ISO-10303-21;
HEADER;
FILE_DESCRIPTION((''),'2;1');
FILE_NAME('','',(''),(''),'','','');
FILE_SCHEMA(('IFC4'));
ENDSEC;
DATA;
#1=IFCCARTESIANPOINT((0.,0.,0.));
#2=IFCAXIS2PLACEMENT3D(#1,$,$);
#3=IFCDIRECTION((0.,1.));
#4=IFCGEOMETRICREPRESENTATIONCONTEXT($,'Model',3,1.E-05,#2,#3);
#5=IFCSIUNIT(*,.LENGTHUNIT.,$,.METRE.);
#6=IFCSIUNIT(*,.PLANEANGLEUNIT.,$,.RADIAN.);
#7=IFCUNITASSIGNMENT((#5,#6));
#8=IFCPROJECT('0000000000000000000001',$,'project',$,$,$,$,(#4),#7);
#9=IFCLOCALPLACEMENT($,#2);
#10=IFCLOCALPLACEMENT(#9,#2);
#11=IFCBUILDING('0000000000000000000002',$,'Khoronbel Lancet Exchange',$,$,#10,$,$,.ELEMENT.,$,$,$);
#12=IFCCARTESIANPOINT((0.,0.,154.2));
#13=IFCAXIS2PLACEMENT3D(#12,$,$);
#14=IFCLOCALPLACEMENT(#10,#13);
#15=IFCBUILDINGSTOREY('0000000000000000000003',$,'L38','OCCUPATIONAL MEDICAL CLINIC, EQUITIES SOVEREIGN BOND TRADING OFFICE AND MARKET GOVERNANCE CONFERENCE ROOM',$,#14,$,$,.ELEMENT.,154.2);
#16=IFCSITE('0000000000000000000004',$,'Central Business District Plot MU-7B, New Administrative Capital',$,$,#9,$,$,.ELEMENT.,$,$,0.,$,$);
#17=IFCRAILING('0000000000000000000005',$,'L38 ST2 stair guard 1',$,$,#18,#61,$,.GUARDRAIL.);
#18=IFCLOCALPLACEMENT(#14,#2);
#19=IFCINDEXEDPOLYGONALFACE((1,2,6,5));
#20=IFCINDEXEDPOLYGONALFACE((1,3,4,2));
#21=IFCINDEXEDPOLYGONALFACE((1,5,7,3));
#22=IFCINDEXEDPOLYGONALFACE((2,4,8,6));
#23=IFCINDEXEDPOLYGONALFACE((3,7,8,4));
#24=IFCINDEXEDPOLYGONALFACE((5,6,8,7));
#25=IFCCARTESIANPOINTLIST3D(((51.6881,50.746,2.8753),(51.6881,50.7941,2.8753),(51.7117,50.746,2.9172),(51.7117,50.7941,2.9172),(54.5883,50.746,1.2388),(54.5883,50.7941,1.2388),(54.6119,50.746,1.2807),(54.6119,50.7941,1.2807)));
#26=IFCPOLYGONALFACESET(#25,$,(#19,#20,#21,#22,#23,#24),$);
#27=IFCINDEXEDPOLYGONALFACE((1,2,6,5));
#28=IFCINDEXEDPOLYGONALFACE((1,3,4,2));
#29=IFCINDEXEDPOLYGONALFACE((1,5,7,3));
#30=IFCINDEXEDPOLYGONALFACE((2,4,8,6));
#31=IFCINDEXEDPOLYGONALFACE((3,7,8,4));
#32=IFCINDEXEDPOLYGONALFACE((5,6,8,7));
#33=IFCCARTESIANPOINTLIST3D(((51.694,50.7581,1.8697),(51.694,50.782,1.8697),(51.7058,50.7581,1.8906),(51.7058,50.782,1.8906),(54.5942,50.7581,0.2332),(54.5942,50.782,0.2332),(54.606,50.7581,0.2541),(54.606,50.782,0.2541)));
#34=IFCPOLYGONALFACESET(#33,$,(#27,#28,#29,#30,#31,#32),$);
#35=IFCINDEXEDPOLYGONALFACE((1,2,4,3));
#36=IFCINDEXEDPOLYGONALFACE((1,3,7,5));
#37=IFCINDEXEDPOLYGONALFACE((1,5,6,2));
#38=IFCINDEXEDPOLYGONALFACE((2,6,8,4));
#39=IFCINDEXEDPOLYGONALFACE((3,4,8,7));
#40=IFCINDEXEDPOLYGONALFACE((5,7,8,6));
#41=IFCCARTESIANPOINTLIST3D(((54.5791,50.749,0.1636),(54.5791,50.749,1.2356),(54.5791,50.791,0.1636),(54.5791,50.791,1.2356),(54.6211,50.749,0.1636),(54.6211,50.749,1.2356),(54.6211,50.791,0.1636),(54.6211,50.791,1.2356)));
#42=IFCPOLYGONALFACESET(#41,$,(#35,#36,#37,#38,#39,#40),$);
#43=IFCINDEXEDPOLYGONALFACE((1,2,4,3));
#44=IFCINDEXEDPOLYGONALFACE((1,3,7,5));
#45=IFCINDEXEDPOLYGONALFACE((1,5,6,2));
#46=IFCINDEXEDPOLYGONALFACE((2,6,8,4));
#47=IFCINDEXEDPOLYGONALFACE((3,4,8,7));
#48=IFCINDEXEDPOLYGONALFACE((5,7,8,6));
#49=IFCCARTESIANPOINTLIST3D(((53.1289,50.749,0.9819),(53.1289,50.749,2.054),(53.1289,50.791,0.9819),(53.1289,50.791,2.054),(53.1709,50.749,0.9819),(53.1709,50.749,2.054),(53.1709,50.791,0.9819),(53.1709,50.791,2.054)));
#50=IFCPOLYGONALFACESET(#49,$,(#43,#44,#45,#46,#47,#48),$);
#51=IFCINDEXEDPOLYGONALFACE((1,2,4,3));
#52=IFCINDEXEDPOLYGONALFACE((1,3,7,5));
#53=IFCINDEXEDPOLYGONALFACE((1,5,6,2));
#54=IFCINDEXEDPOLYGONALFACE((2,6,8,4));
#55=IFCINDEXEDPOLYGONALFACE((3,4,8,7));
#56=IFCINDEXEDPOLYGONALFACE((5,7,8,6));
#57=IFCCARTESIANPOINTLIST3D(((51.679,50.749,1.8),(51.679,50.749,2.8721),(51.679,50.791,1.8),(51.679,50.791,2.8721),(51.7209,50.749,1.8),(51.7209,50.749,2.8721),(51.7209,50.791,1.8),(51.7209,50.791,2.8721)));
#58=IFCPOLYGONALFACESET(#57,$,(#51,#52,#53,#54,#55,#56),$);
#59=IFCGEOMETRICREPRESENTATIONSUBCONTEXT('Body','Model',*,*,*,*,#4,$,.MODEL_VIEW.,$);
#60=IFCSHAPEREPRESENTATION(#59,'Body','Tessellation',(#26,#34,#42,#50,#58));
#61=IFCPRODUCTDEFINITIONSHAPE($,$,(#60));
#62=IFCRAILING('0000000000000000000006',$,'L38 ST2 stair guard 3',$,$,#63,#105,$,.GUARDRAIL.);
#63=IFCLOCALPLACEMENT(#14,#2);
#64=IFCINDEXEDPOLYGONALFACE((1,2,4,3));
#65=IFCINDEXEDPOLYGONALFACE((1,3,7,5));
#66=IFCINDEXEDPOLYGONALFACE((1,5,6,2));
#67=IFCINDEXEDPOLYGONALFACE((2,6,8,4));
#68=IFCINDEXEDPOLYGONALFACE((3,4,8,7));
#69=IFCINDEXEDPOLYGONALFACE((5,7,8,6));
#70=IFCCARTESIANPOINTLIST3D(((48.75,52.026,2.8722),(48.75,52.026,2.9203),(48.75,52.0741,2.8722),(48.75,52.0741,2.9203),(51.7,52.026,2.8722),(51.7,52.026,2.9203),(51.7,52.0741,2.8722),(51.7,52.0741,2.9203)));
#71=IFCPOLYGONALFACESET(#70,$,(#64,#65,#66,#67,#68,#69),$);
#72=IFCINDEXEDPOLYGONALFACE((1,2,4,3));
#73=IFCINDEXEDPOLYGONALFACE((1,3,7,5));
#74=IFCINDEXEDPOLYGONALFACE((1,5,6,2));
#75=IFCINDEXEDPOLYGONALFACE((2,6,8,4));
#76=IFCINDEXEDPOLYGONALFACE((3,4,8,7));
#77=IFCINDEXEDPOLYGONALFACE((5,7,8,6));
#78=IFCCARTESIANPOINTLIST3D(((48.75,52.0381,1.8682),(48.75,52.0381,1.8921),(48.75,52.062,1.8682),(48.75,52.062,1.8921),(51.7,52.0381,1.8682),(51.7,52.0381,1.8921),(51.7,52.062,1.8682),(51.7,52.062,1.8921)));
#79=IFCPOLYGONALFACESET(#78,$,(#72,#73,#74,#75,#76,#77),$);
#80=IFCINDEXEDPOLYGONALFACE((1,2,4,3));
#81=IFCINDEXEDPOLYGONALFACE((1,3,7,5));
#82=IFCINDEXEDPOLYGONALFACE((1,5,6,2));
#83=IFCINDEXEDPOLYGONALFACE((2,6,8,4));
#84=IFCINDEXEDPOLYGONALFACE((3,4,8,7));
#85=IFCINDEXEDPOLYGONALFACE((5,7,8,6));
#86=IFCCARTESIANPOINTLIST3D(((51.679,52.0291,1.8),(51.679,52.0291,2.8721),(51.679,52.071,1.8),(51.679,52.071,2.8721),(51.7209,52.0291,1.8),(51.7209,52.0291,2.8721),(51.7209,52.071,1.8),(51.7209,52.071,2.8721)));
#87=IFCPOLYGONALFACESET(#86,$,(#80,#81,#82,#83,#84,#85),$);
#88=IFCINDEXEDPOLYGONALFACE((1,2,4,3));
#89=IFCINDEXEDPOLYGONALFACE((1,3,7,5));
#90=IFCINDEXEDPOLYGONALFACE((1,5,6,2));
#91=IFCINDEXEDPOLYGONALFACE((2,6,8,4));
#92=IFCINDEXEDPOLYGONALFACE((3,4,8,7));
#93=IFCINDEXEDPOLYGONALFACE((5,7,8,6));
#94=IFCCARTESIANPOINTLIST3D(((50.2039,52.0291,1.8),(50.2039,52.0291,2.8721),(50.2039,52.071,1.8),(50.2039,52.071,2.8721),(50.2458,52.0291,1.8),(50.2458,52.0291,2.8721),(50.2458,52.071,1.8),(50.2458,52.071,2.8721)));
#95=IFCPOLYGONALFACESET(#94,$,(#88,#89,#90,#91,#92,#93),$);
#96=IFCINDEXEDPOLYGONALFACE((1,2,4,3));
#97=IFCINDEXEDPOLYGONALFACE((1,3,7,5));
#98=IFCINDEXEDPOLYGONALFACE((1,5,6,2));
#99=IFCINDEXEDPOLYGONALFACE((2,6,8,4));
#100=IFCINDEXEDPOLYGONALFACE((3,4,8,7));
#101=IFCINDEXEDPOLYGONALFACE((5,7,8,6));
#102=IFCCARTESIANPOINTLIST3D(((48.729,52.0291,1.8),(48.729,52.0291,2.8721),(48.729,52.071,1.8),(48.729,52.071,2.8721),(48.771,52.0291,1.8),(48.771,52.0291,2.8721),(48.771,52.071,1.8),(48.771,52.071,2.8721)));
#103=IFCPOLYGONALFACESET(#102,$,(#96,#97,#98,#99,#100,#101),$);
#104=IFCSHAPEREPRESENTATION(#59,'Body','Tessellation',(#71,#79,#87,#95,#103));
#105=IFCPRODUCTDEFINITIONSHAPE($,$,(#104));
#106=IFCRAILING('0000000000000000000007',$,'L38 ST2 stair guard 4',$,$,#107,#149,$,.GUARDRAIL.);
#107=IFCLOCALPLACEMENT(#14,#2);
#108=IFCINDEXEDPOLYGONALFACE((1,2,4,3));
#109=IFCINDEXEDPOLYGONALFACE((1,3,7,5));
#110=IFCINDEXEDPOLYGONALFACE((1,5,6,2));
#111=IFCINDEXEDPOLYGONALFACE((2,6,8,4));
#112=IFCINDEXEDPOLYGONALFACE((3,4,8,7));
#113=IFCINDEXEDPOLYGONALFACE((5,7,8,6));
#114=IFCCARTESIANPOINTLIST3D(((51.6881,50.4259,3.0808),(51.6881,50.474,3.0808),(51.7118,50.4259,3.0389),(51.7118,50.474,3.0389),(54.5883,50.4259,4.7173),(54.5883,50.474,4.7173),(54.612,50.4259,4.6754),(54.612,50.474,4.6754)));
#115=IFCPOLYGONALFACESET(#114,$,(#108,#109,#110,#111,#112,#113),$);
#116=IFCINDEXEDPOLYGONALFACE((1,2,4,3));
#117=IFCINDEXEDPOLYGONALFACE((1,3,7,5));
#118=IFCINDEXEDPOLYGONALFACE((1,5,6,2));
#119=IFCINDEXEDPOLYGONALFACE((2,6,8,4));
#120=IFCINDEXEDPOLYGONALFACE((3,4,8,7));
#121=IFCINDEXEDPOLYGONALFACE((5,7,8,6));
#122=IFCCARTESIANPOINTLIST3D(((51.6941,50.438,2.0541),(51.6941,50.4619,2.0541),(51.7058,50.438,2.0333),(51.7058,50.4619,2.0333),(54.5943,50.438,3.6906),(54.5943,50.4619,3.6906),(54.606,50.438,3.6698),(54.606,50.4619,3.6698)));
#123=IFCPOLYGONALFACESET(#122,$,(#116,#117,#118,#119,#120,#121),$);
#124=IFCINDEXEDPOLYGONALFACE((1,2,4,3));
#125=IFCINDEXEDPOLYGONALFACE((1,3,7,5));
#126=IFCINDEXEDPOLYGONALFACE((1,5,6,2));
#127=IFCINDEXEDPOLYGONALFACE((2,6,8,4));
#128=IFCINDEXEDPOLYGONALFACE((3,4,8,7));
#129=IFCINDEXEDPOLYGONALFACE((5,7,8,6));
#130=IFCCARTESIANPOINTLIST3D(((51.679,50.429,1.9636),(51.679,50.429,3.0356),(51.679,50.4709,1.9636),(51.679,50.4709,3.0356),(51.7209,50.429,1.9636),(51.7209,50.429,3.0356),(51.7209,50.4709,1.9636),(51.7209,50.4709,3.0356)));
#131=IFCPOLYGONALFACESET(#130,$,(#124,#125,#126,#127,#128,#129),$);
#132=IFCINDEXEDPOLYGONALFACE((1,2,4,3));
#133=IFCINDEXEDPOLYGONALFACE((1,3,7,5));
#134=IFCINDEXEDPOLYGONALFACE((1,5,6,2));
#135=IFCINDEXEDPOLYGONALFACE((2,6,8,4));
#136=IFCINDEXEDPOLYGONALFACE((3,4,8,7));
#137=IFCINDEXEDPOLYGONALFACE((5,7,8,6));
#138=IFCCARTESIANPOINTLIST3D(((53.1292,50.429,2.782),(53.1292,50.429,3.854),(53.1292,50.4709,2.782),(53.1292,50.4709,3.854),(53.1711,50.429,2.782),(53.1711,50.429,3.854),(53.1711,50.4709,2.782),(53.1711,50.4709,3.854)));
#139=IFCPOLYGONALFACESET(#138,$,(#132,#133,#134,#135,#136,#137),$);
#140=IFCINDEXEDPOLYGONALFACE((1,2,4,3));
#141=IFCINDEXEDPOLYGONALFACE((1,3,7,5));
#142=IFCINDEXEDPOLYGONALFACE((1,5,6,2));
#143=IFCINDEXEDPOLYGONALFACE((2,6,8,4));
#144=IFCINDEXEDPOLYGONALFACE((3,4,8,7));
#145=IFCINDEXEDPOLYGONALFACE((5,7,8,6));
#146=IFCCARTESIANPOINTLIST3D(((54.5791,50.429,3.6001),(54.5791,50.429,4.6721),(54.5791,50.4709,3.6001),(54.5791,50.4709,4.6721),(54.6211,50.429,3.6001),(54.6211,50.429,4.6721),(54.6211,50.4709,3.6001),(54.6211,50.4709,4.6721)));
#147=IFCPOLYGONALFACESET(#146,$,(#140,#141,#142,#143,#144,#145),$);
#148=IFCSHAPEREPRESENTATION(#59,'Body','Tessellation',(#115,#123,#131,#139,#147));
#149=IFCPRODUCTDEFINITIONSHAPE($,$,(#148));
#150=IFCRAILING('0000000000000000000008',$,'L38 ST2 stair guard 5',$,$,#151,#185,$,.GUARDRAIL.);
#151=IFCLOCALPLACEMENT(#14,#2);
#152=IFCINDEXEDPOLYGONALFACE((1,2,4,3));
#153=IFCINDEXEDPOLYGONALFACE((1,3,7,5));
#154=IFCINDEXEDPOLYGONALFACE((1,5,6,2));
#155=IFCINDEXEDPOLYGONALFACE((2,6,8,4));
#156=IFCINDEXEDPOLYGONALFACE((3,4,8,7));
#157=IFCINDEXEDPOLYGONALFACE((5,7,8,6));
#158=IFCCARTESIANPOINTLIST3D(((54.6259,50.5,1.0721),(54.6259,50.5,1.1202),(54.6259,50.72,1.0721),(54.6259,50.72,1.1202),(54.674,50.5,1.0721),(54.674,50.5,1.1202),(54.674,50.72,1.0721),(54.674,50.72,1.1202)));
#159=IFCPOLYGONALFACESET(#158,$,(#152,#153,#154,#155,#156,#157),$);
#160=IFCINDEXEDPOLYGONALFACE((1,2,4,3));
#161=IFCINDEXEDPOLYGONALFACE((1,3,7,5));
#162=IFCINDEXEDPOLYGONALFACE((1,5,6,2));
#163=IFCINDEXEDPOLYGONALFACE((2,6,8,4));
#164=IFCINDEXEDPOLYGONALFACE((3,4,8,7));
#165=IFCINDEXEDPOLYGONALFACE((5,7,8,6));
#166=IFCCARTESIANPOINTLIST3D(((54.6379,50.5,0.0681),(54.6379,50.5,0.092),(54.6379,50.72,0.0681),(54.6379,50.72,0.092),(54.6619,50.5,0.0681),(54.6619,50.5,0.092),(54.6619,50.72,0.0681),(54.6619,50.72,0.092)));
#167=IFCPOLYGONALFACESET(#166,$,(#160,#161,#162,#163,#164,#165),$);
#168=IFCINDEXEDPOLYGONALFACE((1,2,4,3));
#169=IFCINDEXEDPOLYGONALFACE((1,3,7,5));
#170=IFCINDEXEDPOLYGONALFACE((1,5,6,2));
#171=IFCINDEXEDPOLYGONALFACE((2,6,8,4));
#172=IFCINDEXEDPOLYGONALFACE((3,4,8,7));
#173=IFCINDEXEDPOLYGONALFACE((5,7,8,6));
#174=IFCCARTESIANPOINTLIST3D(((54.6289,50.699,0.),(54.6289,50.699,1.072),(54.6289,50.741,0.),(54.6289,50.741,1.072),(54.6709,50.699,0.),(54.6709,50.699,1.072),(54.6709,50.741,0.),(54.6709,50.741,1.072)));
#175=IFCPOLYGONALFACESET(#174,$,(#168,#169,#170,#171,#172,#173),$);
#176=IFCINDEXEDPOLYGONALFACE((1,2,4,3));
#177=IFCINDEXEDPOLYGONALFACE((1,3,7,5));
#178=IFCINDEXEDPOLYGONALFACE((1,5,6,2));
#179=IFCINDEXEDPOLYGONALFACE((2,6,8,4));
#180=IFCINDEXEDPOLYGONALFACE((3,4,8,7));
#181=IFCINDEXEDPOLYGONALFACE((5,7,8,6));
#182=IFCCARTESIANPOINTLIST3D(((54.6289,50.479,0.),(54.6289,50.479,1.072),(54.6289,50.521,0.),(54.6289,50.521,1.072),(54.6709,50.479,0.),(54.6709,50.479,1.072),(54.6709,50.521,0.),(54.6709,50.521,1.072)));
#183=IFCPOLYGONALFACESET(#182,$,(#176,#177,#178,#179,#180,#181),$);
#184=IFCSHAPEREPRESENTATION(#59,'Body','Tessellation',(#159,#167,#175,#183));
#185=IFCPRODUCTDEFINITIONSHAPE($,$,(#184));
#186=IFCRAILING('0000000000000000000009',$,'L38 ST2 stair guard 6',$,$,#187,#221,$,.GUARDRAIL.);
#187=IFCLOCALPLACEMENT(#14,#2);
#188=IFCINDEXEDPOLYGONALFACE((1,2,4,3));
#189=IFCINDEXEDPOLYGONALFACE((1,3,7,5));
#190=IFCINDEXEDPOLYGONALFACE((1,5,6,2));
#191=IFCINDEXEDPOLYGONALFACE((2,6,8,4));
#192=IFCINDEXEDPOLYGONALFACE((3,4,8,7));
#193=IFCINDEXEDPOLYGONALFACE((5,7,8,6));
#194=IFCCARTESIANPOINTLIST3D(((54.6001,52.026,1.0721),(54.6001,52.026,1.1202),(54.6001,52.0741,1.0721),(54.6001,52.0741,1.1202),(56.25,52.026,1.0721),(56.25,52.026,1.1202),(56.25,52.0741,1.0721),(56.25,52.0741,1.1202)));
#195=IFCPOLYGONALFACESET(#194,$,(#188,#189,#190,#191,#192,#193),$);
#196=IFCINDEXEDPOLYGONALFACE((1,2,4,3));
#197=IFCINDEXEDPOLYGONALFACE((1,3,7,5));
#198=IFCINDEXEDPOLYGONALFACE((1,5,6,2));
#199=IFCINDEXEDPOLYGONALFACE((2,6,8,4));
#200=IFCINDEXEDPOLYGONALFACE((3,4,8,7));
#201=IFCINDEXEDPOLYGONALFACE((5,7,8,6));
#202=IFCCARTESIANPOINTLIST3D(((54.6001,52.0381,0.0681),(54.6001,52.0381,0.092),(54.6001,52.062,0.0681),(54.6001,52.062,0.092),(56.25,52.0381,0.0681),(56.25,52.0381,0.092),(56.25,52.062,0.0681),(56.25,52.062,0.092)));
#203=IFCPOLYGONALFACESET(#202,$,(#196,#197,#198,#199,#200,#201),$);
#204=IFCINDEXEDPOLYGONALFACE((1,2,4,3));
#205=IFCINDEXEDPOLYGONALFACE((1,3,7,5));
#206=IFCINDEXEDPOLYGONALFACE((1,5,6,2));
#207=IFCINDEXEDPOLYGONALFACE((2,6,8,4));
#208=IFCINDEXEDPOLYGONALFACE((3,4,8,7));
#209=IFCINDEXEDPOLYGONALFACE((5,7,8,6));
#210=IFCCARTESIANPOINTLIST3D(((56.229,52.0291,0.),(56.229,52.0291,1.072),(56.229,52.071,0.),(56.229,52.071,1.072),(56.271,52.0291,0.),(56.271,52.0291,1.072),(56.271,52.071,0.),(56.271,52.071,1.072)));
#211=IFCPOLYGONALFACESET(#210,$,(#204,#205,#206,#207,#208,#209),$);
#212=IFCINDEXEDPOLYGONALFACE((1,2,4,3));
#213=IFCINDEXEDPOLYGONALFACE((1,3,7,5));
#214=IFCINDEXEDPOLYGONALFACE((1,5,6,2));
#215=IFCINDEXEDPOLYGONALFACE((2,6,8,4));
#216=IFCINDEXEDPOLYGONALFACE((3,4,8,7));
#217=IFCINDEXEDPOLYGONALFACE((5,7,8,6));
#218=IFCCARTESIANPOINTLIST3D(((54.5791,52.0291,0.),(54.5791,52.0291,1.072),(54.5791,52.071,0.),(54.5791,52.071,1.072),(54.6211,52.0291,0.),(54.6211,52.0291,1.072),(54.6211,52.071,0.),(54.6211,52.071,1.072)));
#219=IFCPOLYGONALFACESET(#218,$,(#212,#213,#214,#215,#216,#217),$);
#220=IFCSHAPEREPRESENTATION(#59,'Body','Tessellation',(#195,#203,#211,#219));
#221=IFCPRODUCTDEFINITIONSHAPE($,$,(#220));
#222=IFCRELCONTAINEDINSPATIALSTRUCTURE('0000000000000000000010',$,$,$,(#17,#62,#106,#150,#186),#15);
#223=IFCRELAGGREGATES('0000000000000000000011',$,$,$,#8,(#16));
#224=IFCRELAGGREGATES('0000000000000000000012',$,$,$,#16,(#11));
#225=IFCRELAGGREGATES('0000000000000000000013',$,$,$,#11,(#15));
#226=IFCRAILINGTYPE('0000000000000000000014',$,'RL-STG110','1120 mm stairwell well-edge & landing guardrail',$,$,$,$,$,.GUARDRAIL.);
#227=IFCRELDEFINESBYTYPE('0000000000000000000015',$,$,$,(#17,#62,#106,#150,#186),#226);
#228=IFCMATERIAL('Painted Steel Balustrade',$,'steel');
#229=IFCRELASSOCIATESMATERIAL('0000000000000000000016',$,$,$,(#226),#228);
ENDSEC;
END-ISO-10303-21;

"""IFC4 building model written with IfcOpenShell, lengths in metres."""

from ifc_helpers import new_model, si_unit, direction, frame, origin, origin_2d, place, context, subcontext, project, spatial, rectangle, extrude, material, type_object, element, save


model = new_model("IFC4")

# Units and contexts
model_context = context("Model", 3, precision=1e-05, world=origin(), true_north=direction((0.0, 1.0)))
body_context = subcontext(model_context, "Body", "Model", "MODEL_VIEW")
ifc_project = project(units=[si_unit("LENGTHUNIT", "METRE"), si_unit("PLANEANGLEUNIT", "RADIAN")], contexts=[model_context])

# Site, building, storey
site_placement = place(None, origin())
site = spatial("IfcSite", under=ifc_project, at=site_placement, Name="Central Business District Plot MU-7B, New Administrative Capital", CompositionType="ELEMENT", RefElevation=0.0)
building_placement = place(site_placement, origin())
building = spatial("IfcBuilding", under=site, at=building_placement, Name="Khoronbel Lancet Exchange", CompositionType="ELEMENT")
storey_placement = place(building_placement, frame((0.0, 0.0, 154.2)))
storey = spatial("IfcBuildingStorey", under=building, at=storey_placement, Name="L38", Description="OCCUPATIONAL MEDICAL CLINIC, EQUITIES SOVEREIGN BOND TRADING OFFICE AND MARKET GOVERNANCE CONFERENCE ROOM", CompositionType="ELEMENT", Elevation=154.2)

# Railings
ifc_material_1 = material(Name="Painted Steel Balustrade", Category="steel")
railing_type_1 = type_object("IfcRailingType", Name="RL-STG110", Description="1120 mm stairwell well-edge & landing guardrail", PredefinedType="GUARDRAIL", material=ifc_material_1)
railing_1_placement = place(storey_placement, frame((54.6001, 50.77, 0.1636)))
element("IfcRailing", 1, at=railing_1_placement, inside=storey, type_object=railing_type_1, Name="L38 ST2 stair guard 1", PredefinedType="GUARDRAIL", context=body_context, shape_type="SweptSolid", body=[
    extrude(rectangle(XDim=0.0481, YDim=0.0481, at=origin_2d()), frame((0.0, 0.0, 1.0962), z_axis=(-0.870915, 0.0, 0.491434), x_axis=(0.0, -1.0, 0.0)), (0.0, 0.0, 1.0), 3.3301),
    extrude(rectangle(XDim=0.0239, YDim=0.0239, at=origin_2d()), frame((0.0, 0.0, 0.0801), z_axis=(-0.870915, 0.0, 0.491434), x_axis=(0.0, -1.0, 0.0)), (0.0, 0.0, 1.0), 3.3301),
    extrude(rectangle(XDim=0.042, YDim=0.042, at=origin_2d()), origin(), (0.0, 0.0, 1.0), 1.072),
    extrude(rectangle(XDim=0.042, YDim=0.042, at=origin_2d()), frame((-1.4502, 0.0, 0.8184)), (0.0, 0.0, 1.0), 1.072),
    extrude(rectangle(XDim=0.042, YDim=0.042, at=origin_2d()), frame((-2.9001, 0.0, 1.6365)), (0.0, 0.0, 1.0), 1.072),
])
railing_2_placement = place(storey_placement, frame((51.7, 52.05, 1.8)))
element("IfcRailing", 2, at=railing_2_placement, inside=storey, type_object=railing_type_1, Name="L38 ST2 stair guard 3", PredefinedType="GUARDRAIL", context=body_context, shape_type="SweptSolid", body=[
    extrude(rectangle(XDim=0.0481, YDim=0.0481, at=origin_2d()), frame((0.0, 0.0, 1.0962), z_axis=(-1.0, 0.0, 0.0), x_axis=(0.0, -1.0, 0.0)), (0.0, 0.0, 1.0), 2.95),
    extrude(rectangle(XDim=0.0239, YDim=0.0239, at=origin_2d()), frame((0.0, 0.0, 0.0801), z_axis=(-1.0, 0.0, 0.0), x_axis=(0.0, -1.0, 0.0)), (0.0, 0.0, 1.0), 2.95),
    extrude(rectangle(XDim=0.042, YDim=0.042, at=origin_2d()), origin(), (0.0, 0.0, 1.0), 1.072),
    extrude(rectangle(XDim=0.042, YDim=0.042, at=origin_2d()), frame((-1.4751, 0.0, 0.0)), (0.0, 0.0, 1.0), 1.072),
    extrude(rectangle(XDim=0.042, YDim=0.042, at=origin_2d()), frame((-2.95, 0.0, 0.0)), (0.0, 0.0, 1.0), 1.072),
])
railing_3_placement = place(storey_placement, frame((51.7, 50.45, 1.9636)))
element("IfcRailing", 3, at=railing_3_placement, inside=storey, type_object=railing_type_1, Name="L38 ST2 stair guard 4", PredefinedType="GUARDRAIL", context=body_context, shape_type="SweptSolid", body=[
    extrude(rectangle(XDim=0.0481, YDim=0.0481, at=origin_2d()), frame((0.0, 0.0, 1.0962), z_axis=(0.870915, 0.0, 0.491434), x_axis=(0.0, 1.0, 0.0)), (0.0, 0.0, 1.0), 3.3301),
    extrude(rectangle(XDim=0.0239, YDim=0.0239, at=origin_2d()), frame((0.0, 0.0, 0.0801), z_axis=(0.870915, 0.0, 0.491434), x_axis=(0.0, 1.0, 0.0)), (0.0, 0.0, 1.0), 3.3301),
    extrude(rectangle(XDim=0.042, YDim=0.042, at=origin_2d()), origin(), (0.0, 0.0, 1.0), 1.072),
    extrude(rectangle(XDim=0.042, YDim=0.042, at=origin_2d()), frame((1.4502, 0.0, 0.8184)), (0.0, 0.0, 1.0), 1.072),
    extrude(rectangle(XDim=0.042, YDim=0.042, at=origin_2d()), frame((2.9001, 0.0, 1.6365)), (0.0, 0.0, 1.0), 1.072),
])
railing_4_placement = place(storey_placement, frame((54.6499, 50.72, 0.0)))
element("IfcRailing", 4, at=railing_4_placement, inside=storey, type_object=railing_type_1, Name="L38 ST2 stair guard 5", PredefinedType="GUARDRAIL", context=body_context, shape_type="SweptSolid", body=[
    extrude(rectangle(XDim=0.0481, YDim=0.0481, at=origin_2d()), frame((0.0, 0.0, 1.0962), z_axis=(0.0, -1.0, 0.0), x_axis=(1.0, 0.0, 0.0)), (0.0, 0.0, 1.0), 0.22),
    extrude(rectangle(XDim=0.0239, YDim=0.0239, at=origin_2d()), frame((0.0, 0.0, 0.0801), z_axis=(0.0, -1.0, 0.0), x_axis=(1.0, 0.0, 0.0)), (0.0, 0.0, 1.0), 0.22),
    extrude(rectangle(XDim=0.042, YDim=0.042, at=origin_2d()), origin(), (0.0, 0.0, 1.0), 1.072),
    extrude(rectangle(XDim=0.042, YDim=0.042, at=origin_2d()), frame((0.0, -0.22, 0.0)), (0.0, 0.0, 1.0), 1.072),
])
railing_5_placement = place(storey_placement, frame((56.25, 52.05, 0.0)))
element("IfcRailing", 5, at=railing_5_placement, inside=storey, type_object=railing_type_1, Name="L38 ST2 stair guard 6", PredefinedType="GUARDRAIL", context=body_context, shape_type="SweptSolid", body=[
    extrude(rectangle(XDim=0.0481, YDim=0.0481, at=origin_2d()), frame((0.0, 0.0, 1.0962), z_axis=(-1.0, 0.0, 0.0), x_axis=(0.0, -1.0, 0.0)), (0.0, 0.0, 1.0), 1.6499),
    extrude(rectangle(XDim=0.0239, YDim=0.0239, at=origin_2d()), frame((0.0, 0.0, 0.0801), z_axis=(-1.0, 0.0, 0.0), x_axis=(0.0, -1.0, 0.0)), (0.0, 0.0, 1.0), 1.6499),
    extrude(rectangle(XDim=0.042, YDim=0.042, at=origin_2d()), origin(), (0.0, 0.0, 1.0), 1.072),
    extrude(rectangle(XDim=0.042, YDim=0.042, at=origin_2d()), frame((-1.6499, 0.0, 0.0)), (0.0, 0.0, 1.0), 1.072),
])

save(model, "model.ifc")
